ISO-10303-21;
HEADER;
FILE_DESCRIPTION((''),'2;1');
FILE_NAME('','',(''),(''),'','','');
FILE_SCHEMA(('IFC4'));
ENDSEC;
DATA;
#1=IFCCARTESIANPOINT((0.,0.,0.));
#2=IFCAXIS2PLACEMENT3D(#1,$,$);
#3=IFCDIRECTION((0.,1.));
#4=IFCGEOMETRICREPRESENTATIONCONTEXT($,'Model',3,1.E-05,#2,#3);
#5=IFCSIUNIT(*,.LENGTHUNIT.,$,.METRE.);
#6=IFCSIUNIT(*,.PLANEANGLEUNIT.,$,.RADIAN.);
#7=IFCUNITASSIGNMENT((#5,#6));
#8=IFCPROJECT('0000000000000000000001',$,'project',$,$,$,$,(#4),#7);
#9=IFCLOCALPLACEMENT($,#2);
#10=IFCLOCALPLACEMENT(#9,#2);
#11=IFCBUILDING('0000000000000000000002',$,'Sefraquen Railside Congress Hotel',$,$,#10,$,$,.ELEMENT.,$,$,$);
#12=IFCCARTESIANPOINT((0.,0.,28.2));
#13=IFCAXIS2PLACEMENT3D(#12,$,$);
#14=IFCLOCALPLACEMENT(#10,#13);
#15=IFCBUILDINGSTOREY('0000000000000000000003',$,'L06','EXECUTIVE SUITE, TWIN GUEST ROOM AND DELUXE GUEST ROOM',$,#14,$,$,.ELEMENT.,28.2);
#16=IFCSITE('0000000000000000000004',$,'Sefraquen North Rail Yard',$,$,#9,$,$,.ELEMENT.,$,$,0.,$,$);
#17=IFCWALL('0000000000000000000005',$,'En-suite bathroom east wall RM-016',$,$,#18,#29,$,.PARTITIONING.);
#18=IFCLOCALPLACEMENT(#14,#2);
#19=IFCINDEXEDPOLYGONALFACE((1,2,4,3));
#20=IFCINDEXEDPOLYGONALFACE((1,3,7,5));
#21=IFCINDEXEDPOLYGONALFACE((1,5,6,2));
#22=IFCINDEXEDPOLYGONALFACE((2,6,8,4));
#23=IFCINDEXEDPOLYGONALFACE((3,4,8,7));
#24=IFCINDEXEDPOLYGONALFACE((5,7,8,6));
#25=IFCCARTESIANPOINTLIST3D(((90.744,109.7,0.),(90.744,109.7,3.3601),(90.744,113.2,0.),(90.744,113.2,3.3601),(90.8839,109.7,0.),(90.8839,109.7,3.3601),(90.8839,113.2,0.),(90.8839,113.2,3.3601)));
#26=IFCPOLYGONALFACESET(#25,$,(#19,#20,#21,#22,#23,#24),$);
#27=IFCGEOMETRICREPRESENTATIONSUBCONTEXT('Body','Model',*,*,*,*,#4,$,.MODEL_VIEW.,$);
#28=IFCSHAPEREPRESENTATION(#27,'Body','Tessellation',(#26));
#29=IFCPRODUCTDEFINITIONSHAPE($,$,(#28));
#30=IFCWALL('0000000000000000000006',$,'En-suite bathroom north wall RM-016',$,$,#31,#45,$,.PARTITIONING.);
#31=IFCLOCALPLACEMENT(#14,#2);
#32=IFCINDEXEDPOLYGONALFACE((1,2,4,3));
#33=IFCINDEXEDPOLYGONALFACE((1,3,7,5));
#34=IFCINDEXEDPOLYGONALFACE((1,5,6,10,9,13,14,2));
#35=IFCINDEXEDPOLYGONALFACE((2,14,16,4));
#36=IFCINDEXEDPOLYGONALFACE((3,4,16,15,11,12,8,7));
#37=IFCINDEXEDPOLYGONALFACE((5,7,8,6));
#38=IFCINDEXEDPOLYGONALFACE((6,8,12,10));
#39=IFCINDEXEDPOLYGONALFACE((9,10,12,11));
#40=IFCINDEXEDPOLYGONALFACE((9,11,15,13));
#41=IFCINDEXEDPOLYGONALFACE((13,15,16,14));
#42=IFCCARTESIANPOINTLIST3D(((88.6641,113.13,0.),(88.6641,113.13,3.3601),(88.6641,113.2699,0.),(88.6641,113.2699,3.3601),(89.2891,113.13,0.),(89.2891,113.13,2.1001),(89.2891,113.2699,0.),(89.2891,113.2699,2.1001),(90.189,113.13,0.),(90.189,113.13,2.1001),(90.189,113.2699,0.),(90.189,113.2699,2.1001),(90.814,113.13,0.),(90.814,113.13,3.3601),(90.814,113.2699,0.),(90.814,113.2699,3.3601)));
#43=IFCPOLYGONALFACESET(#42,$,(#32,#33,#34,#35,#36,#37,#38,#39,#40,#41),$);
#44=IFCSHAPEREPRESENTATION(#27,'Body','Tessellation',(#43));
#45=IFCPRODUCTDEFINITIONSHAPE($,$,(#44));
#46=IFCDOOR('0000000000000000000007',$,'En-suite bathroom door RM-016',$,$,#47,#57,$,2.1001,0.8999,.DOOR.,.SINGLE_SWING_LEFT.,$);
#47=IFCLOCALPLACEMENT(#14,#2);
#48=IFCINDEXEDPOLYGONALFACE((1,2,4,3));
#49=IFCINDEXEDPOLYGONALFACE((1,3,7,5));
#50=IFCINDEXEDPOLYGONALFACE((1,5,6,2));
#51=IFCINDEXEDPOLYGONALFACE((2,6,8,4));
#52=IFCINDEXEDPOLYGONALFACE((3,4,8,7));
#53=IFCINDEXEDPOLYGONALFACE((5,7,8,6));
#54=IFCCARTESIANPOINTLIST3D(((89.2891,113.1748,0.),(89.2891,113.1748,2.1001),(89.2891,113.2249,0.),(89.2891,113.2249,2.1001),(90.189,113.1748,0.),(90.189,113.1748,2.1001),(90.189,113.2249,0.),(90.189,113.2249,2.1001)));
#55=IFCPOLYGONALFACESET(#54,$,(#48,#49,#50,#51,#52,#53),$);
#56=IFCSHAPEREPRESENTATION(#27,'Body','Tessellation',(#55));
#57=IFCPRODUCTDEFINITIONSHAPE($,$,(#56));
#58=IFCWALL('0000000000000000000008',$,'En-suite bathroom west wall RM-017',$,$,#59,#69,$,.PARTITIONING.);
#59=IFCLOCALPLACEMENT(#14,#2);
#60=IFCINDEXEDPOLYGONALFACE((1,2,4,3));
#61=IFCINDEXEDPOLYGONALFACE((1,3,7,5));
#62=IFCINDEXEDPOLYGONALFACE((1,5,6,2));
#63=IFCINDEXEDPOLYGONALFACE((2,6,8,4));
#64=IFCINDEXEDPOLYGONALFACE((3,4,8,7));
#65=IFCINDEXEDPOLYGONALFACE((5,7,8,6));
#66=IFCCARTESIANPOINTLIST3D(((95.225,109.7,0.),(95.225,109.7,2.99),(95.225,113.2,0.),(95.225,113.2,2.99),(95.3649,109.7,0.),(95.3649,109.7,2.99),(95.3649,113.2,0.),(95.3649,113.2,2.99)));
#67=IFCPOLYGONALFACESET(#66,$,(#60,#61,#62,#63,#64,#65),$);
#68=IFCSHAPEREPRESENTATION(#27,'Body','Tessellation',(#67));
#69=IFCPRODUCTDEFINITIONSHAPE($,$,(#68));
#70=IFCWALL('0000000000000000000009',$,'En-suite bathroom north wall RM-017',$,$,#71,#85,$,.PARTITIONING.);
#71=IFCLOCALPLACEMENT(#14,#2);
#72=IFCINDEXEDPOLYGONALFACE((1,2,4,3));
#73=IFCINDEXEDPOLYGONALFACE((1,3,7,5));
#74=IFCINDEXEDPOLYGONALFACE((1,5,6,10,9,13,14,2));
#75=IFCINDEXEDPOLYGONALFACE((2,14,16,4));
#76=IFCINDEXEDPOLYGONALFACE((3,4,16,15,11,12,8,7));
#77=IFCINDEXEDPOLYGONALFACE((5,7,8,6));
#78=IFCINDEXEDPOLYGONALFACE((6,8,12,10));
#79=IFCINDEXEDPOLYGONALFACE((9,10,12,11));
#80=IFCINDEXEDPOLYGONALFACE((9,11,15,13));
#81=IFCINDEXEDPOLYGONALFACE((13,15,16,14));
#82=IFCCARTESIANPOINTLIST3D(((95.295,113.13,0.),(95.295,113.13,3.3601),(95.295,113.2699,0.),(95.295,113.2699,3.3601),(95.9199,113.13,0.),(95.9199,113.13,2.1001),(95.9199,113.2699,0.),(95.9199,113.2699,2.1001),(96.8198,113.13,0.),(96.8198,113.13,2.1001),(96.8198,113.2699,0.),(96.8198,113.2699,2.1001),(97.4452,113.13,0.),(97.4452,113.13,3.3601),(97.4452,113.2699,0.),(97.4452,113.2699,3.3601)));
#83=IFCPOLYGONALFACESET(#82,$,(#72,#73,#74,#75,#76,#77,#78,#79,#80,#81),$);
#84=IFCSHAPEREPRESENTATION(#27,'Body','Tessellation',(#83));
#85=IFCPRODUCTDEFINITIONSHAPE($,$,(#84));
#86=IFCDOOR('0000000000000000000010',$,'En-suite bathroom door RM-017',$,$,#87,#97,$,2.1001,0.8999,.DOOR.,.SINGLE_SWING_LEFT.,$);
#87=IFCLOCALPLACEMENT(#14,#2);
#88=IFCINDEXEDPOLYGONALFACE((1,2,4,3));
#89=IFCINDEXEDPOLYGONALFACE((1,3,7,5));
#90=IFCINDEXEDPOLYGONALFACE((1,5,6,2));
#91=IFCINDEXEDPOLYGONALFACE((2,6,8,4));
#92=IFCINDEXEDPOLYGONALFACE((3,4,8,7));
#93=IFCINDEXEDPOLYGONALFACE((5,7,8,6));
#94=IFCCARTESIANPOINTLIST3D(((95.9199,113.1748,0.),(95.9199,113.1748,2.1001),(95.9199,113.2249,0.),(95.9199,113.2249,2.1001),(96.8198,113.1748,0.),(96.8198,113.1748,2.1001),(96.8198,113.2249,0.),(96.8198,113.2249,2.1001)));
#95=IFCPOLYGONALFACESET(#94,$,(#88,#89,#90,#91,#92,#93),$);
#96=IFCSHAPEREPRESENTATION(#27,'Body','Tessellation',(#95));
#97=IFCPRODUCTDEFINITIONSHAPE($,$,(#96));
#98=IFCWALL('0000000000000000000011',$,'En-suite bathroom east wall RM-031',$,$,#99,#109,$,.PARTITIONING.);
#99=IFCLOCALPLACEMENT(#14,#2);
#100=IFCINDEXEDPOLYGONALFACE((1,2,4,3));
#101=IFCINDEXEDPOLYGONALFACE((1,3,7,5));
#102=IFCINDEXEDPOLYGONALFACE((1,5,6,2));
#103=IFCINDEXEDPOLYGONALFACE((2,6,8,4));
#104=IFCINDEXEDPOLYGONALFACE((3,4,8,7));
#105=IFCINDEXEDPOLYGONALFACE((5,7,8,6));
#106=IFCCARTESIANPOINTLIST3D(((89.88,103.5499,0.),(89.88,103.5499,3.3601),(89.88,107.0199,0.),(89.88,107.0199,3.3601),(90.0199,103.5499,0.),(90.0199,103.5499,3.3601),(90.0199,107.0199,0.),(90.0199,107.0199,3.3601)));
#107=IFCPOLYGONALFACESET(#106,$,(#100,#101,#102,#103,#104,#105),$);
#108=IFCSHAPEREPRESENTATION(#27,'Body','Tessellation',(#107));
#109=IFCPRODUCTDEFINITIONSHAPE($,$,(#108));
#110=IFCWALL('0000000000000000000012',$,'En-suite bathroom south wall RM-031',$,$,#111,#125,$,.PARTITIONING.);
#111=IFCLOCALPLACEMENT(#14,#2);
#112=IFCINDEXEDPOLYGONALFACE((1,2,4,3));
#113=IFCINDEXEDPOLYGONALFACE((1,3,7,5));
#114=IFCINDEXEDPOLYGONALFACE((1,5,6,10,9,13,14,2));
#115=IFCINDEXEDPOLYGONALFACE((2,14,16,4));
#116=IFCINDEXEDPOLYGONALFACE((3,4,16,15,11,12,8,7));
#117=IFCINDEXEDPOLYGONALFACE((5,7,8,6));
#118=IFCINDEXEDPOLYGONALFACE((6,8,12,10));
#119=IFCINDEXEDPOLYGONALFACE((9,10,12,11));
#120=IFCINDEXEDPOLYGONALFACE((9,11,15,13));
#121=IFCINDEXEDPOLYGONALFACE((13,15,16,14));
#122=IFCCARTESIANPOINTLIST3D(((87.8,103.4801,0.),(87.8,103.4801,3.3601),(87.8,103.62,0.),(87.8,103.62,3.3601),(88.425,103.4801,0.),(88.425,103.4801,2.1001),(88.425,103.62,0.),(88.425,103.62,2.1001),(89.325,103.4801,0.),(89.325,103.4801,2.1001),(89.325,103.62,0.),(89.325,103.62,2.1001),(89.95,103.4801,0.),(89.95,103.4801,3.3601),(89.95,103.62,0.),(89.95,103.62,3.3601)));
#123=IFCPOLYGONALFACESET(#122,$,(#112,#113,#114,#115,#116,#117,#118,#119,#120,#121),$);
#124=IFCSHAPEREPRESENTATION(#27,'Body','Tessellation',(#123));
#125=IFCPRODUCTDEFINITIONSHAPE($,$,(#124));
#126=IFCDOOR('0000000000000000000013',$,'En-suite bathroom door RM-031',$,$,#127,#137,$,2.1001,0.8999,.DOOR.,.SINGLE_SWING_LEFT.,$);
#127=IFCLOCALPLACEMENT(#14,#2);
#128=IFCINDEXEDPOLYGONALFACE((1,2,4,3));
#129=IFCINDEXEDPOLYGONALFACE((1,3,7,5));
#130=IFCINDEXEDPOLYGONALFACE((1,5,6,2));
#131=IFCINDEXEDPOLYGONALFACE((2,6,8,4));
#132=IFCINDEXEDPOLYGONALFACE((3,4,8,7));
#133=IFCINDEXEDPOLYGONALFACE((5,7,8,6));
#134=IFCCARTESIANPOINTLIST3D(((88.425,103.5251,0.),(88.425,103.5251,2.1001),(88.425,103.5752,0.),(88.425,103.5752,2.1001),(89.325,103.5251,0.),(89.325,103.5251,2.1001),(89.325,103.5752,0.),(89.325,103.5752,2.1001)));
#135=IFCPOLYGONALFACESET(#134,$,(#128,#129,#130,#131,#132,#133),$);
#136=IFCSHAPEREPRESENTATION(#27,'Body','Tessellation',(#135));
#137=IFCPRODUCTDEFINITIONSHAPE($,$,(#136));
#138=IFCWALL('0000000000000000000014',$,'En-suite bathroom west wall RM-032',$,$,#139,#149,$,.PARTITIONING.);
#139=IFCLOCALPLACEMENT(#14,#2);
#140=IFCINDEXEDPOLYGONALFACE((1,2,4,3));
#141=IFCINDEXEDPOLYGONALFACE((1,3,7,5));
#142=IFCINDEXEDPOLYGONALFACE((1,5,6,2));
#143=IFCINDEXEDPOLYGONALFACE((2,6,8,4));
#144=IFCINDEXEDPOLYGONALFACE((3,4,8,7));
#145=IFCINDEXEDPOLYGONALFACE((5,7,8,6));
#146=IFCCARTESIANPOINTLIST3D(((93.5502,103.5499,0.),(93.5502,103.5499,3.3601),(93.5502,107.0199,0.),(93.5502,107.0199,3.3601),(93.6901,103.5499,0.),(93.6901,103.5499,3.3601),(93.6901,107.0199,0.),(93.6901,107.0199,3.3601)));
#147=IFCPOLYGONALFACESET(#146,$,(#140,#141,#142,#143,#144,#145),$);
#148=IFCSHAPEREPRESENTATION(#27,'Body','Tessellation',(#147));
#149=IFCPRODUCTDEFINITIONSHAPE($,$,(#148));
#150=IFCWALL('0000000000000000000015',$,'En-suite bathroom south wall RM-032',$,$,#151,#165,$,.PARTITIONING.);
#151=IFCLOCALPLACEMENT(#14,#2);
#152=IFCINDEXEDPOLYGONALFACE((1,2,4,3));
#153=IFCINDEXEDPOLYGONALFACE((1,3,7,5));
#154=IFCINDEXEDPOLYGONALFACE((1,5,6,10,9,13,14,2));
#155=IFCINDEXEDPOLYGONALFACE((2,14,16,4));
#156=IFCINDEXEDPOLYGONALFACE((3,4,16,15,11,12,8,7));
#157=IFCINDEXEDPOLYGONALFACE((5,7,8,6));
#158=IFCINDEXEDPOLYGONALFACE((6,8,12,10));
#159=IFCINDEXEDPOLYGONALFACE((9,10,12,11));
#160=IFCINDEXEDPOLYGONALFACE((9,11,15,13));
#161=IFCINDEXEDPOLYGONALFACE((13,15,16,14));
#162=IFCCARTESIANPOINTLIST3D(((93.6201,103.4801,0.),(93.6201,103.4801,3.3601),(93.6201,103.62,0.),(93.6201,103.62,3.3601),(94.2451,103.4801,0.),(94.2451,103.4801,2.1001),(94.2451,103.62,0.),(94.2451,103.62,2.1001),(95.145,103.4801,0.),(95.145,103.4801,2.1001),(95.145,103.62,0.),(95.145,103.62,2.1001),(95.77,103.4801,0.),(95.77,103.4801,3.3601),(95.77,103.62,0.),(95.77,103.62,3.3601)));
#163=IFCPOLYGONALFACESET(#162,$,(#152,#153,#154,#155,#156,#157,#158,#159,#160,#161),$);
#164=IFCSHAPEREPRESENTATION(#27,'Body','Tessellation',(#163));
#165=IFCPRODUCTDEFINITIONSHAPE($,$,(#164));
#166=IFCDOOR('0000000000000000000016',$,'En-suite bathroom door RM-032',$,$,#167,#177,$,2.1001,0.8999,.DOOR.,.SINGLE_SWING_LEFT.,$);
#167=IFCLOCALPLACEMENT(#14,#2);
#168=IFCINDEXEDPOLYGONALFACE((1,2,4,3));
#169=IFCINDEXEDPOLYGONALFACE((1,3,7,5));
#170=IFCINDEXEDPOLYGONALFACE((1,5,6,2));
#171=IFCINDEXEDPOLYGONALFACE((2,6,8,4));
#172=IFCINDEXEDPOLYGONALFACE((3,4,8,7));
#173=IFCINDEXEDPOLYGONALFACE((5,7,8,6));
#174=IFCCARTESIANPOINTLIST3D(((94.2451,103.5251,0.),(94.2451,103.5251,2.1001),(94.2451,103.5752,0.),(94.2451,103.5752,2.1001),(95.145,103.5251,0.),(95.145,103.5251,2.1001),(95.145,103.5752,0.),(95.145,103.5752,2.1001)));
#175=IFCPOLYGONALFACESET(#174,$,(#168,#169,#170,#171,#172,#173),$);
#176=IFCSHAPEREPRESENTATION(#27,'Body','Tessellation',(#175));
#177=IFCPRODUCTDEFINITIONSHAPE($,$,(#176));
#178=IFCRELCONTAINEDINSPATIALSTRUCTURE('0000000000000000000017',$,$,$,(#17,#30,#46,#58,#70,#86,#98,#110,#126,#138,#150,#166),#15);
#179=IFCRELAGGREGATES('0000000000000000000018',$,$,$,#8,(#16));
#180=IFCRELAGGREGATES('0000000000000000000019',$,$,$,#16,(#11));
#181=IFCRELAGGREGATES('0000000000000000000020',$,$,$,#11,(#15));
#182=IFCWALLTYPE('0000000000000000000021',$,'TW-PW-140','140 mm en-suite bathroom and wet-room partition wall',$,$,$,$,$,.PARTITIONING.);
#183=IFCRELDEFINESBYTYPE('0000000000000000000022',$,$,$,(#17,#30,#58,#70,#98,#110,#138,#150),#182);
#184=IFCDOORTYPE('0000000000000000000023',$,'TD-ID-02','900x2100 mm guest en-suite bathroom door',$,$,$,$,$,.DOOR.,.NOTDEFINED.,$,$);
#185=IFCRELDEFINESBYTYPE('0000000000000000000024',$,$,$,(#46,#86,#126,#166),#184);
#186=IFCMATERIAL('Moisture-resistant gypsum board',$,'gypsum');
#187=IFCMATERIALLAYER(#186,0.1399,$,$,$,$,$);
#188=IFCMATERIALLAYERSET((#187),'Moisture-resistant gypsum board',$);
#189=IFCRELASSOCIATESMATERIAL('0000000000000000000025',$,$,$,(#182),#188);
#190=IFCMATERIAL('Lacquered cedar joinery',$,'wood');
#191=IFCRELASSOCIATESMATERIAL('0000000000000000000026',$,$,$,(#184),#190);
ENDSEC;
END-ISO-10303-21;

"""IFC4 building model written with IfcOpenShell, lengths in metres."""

from ifc_helpers import new_model, si_unit, direction, frame, frame_2d, origin, place, context, subcontext, project, spatial, rectangle, extrude, material, layer, layer_set, type_object, element, fill, save


model = new_model("IFC4")

# Units and contexts
model_context = context("Model", 3, precision=1e-05, world=origin(), true_north=direction((0.0, 1.0)))
body_context = subcontext(model_context, "Body", "Model", "MODEL_VIEW")
ifc_project = project(units=[si_unit("LENGTHUNIT", "METRE"), si_unit("PLANEANGLEUNIT", "RADIAN")], contexts=[model_context])

# Site, building, storey
site_placement = place(None, origin())
site = spatial("IfcSite", under=ifc_project, at=site_placement, Name="Sefraquen North Rail Yard", CompositionType="ELEMENT", RefElevation=0.0)
building_placement = place(site_placement, origin())
building = spatial("IfcBuilding", under=site, at=building_placement, Name="Sefraquen Railside Congress Hotel", CompositionType="ELEMENT")
storey_placement = place(building_placement, frame((0.0, 0.0, 28.2)))
storey = spatial("IfcBuildingStorey", under=building, at=storey_placement, Name="L06", Description="EXECUTIVE SUITE, TWIN GUEST ROOM AND DELUXE GUEST ROOM", CompositionType="ELEMENT", Elevation=28.2)

# Wall
ifc_material_1 = material(Name="Moisture-resistant gypsum board", Category="gypsum")
ifc_layer_1 = layer(ifc_material_1, 0.1399)
ifc_layer_set_1 = layer_set([ifc_layer_1], Name="Moisture-resistant gypsum board")
wall_type_1 = type_object("IfcWallType", Name="TW-PW-140", Description="140 mm en-suite bathroom and wet-room partition wall", PredefinedType="PARTITIONING", material=ifc_layer_set_1)
wall_1_placement = place(storey_placement, frame((90.814, 109.7, 0.0), z_axis=(0.0, 0.0, 1.0), x_axis=(0.0, 1.0, 0.0)))
element("IfcWall", 1, at=wall_1_placement, inside=storey, type_object=wall_type_1, Name="En-suite bathroom east wall RM-016", PredefinedType="PARTITIONING", context=body_context, shape_type="SweptSolid", body=[
    extrude(rectangle(XDim=3.5, YDim=0.1399, at=frame_2d((1.75, 0.0))), origin(), (0.0, 0.0, 1.0), 3.3601),
])

# Wall, opening, door
wall_2_placement = place(storey_placement, frame((88.6641, 113.2, 0.0), z_axis=(0.0, 0.0, 1.0), x_axis=(1.0, 0.0, 0.0)))
wall_2 = element("IfcWall", 2, at=wall_2_placement, inside=storey, type_object=wall_type_1, Name="En-suite bathroom north wall RM-016", PredefinedType="PARTITIONING", context=body_context, shape_type="SweptSolid", body=[
    extrude(rectangle(XDim=2.1499, YDim=0.1399, at=frame_2d((1.075, 0.0))), origin(), (0.0, 0.0, 1.0), 3.3601),
])
opening_1_placement = place(wall_2_placement, frame((0.625, 0.0, 0.0)))
opening_1 = element("IfcOpeningElement", 3, at=opening_1_placement, cuts=wall_2, PredefinedType="OPENING", context=body_context, shape_type="SweptSolid", body=[
    extrude(rectangle(XDim=0.8999, YDim=2.1001, at=frame_2d((0.45, 1.05))), frame((0.0, 0.0798, 0.0), z_axis=(0.0, -1.0, 0.0), x_axis=(1.0, 0.0, 0.0)), (0.0, 0.0, 1.0), 0.1599),
])
ifc_material_2 = material(Name="Lacquered cedar joinery", Category="wood")
door_type = type_object("IfcDoorType", Name="TD-ID-02", Description="900x2100 mm guest en-suite bathroom door", OperationType="NOTDEFINED", PredefinedType="DOOR", material=ifc_material_2)
door_1_placement = place(opening_1_placement, origin())
door_1 = element("IfcDoor", 4, at=door_1_placement, inside=storey, type_object=door_type, Name="En-suite bathroom door RM-016", OperationType="SINGLE_SWING_LEFT", OverallHeight=2.1001, OverallWidth=0.8999, PredefinedType="DOOR", context=body_context, shape_type="SweptSolid", body=[
    extrude(rectangle(XDim=0.8999, YDim=2.1001, at=frame_2d((0.45, 1.05))), frame((0.0, 0.0249, 0.0), z_axis=(0.0, -1.0, 0.0), x_axis=(1.0, 0.0, 0.0)), (0.0, 0.0, 1.0), 0.05),
])
fill(opening_1, door_1)

# Wall
wall_3_placement = place(storey_placement, frame((95.2949, 109.7, 0.0), z_axis=(0.0, 0.0, 1.0), x_axis=(0.0, 1.0, 0.0)))
element("IfcWall", 5, at=wall_3_placement, inside=storey, type_object=wall_type_1, Name="En-suite bathroom west wall RM-017", PredefinedType="PARTITIONING", context=body_context, shape_type="SweptSolid", body=[
    extrude(rectangle(XDim=3.5, YDim=0.1399, at=frame_2d((1.75, 0.0))), origin(), (0.0, 0.0, 1.0), 2.99),
])

# Wall, opening, door
wall_4_placement = place(storey_placement, frame((95.2949, 113.2, 0.0), z_axis=(0.0, 0.0, 1.0), x_axis=(1.0, 0.0, 0.0)))
wall_4 = element("IfcWall", 6, at=wall_4_placement, inside=storey, type_object=wall_type_1, Name="En-suite bathroom north wall RM-017", PredefinedType="PARTITIONING", context=body_context, shape_type="SweptSolid", body=[
    extrude(rectangle(XDim=2.1501, YDim=0.1399, at=frame_2d((1.0752, 0.0))), origin(), (0.0, 0.0, 1.0), 3.3601),
])
opening_2_placement = place(wall_4_placement, frame((0.625, 0.0, 0.0)))
opening_2 = element("IfcOpeningElement", 7, at=opening_2_placement, cuts=wall_4, PredefinedType="OPENING", context=body_context, shape_type="SweptSolid", body=[
    extrude(rectangle(XDim=0.8999, YDim=2.1001, at=frame_2d((0.45, 1.05))), frame((0.0, 0.0798, 0.0), z_axis=(0.0, -1.0, 0.0), x_axis=(1.0, 0.0, 0.0)), (0.0, 0.0, 1.0), 0.1599),
])
door_2_placement = place(opening_2_placement, origin())
door_2 = element("IfcDoor", 8, at=door_2_placement, inside=storey, type_object=door_type, Name="En-suite bathroom door RM-017", OperationType="SINGLE_SWING_LEFT", OverallHeight=2.1001, OverallWidth=0.8999, PredefinedType="DOOR", context=body_context, shape_type="SweptSolid", body=[
    extrude(rectangle(XDim=0.8999, YDim=2.1001, at=frame_2d((0.45, 1.05))), frame((0.0, 0.0249, 0.0), z_axis=(0.0, -1.0, 0.0), x_axis=(1.0, 0.0, 0.0)), (0.0, 0.0, 1.0), 0.05),
])
fill(opening_2, door_2)

# Wall
wall_5_placement = place(storey_placement, frame((89.95, 103.55, 0.0), z_axis=(0.0, 0.0, 1.0), x_axis=(0.0, 1.0, 0.0)))
element("IfcWall", 9, at=wall_5_placement, inside=storey, type_object=wall_type_1, Name="En-suite bathroom east wall RM-031", PredefinedType="PARTITIONING", context=body_context, shape_type="SweptSolid", body=[
    extrude(rectangle(XDim=3.47, YDim=0.1399, at=frame_2d((1.7349, 0.0))), origin(), (0.0, 0.0, 1.0), 3.3601),
])

# Wall, opening, door
wall_6_placement = place(storey_placement, frame((87.8, 103.55, 0.0), z_axis=(0.0, 0.0, 1.0), x_axis=(1.0, 0.0, 0.0)))
wall_6 = element("IfcWall", 10, at=wall_6_placement, inside=storey, type_object=wall_type_1, Name="En-suite bathroom south wall RM-031", PredefinedType="PARTITIONING", context=body_context, shape_type="SweptSolid", body=[
    extrude(rectangle(XDim=2.1499, YDim=0.1399, at=frame_2d((1.075, 0.0))), origin(), (0.0, 0.0, 1.0), 3.3601),
])
opening_3_placement = place(wall_6_placement, frame((0.625, 0.0, 0.0)))
opening_3 = element("IfcOpeningElement", 11, at=opening_3_placement, cuts=wall_6, PredefinedType="OPENING", context=body_context, shape_type="SweptSolid", body=[
    extrude(rectangle(XDim=0.8999, YDim=2.1001, at=frame_2d((0.45, 1.05))), frame((0.0, 0.0798, 0.0), z_axis=(0.0, -1.0, 0.0), x_axis=(1.0, 0.0, 0.0)), (0.0, 0.0, 1.0), 0.1599),
])
door_3_placement = place(opening_3_placement, frame((0.8999, 0.0, 0.0), z_axis=(0.0, 0.0, 1.0), x_axis=(-1.0, 0.0, 0.0)))
door_3 = element("IfcDoor", 12, at=door_3_placement, inside=storey, type_object=door_type, Name="En-suite bathroom door RM-031", OperationType="SINGLE_SWING_LEFT", OverallHeight=2.1001, OverallWidth=0.8999, PredefinedType="DOOR", context=body_context, shape_type="SweptSolid", body=[
    extrude(rectangle(XDim=0.8999, YDim=2.1001, at=frame_2d((0.45, 1.05))), frame((0.0, 0.0249, 0.0), z_axis=(0.0, -1.0, 0.0), x_axis=(1.0, 0.0, 0.0)), (0.0, 0.0, 1.0), 0.05),
])
fill(opening_3, door_3)

# Wall
wall_7_placement = place(storey_placement, frame((93.6201, 103.55, 0.0), z_axis=(0.0, 0.0, 1.0), x_axis=(0.0, 1.0, 0.0)))
element("IfcWall", 13, at=wall_7_placement, inside=storey, type_object=wall_type_1, Name="En-suite bathroom west wall RM-032", PredefinedType="PARTITIONING", context=body_context, shape_type="SweptSolid", body=[
    extrude(rectangle(XDim=3.47, YDim=0.1399, at=frame_2d((1.7349, 0.0))), origin(), (0.0, 0.0, 1.0), 3.3601),
])

# Wall, opening, door
wall_8_placement = place(storey_placement, frame((93.6201, 103.55, 0.0), z_axis=(0.0, 0.0, 1.0), x_axis=(1.0, 0.0, 0.0)))
wall_8 = element("IfcWall", 14, at=wall_8_placement, inside=storey, type_object=wall_type_1, Name="En-suite bathroom south wall RM-032", PredefinedType="PARTITIONING", context=body_context, shape_type="SweptSolid", body=[
    extrude(rectangle(XDim=2.1499, YDim=0.1399, at=frame_2d((1.075, 0.0))), origin(), (0.0, 0.0, 1.0), 3.3601),
])
opening_4_placement = place(wall_8_placement, frame((0.625, 0.0, 0.0)))
opening_4 = element("IfcOpeningElement", 15, at=opening_4_placement, cuts=wall_8, PredefinedType="OPENING", context=body_context, shape_type="SweptSolid", body=[
    extrude(rectangle(XDim=0.8999, YDim=2.1001, at=frame_2d((0.45, 1.05))), frame((0.0, 0.0798, 0.0), z_axis=(0.0, -1.0, 0.0), x_axis=(1.0, 0.0, 0.0)), (0.0, 0.0, 1.0), 0.1599),
])
door_4_placement = place(opening_4_placement, frame((0.8999, 0.0, 0.0), z_axis=(0.0, 0.0, 1.0), x_axis=(-1.0, 0.0, 0.0)))
door_4 = element("IfcDoor", 16, at=door_4_placement, inside=storey, type_object=door_type, Name="En-suite bathroom door RM-032", OperationType="SINGLE_SWING_LEFT", OverallHeight=2.1001, OverallWidth=0.8999, PredefinedType="DOOR", context=body_context, shape_type="SweptSolid", body=[
    extrude(rectangle(XDim=0.8999, YDim=2.1001, at=frame_2d((0.45, 1.05))), frame((0.0, 0.0249, 0.0), z_axis=(0.0, -1.0, 0.0), x_axis=(1.0, 0.0, 0.0)), (0.0, 0.0, 1.0), 0.05),
])
fill(opening_4, door_4)

save(model, "model.ifc")
